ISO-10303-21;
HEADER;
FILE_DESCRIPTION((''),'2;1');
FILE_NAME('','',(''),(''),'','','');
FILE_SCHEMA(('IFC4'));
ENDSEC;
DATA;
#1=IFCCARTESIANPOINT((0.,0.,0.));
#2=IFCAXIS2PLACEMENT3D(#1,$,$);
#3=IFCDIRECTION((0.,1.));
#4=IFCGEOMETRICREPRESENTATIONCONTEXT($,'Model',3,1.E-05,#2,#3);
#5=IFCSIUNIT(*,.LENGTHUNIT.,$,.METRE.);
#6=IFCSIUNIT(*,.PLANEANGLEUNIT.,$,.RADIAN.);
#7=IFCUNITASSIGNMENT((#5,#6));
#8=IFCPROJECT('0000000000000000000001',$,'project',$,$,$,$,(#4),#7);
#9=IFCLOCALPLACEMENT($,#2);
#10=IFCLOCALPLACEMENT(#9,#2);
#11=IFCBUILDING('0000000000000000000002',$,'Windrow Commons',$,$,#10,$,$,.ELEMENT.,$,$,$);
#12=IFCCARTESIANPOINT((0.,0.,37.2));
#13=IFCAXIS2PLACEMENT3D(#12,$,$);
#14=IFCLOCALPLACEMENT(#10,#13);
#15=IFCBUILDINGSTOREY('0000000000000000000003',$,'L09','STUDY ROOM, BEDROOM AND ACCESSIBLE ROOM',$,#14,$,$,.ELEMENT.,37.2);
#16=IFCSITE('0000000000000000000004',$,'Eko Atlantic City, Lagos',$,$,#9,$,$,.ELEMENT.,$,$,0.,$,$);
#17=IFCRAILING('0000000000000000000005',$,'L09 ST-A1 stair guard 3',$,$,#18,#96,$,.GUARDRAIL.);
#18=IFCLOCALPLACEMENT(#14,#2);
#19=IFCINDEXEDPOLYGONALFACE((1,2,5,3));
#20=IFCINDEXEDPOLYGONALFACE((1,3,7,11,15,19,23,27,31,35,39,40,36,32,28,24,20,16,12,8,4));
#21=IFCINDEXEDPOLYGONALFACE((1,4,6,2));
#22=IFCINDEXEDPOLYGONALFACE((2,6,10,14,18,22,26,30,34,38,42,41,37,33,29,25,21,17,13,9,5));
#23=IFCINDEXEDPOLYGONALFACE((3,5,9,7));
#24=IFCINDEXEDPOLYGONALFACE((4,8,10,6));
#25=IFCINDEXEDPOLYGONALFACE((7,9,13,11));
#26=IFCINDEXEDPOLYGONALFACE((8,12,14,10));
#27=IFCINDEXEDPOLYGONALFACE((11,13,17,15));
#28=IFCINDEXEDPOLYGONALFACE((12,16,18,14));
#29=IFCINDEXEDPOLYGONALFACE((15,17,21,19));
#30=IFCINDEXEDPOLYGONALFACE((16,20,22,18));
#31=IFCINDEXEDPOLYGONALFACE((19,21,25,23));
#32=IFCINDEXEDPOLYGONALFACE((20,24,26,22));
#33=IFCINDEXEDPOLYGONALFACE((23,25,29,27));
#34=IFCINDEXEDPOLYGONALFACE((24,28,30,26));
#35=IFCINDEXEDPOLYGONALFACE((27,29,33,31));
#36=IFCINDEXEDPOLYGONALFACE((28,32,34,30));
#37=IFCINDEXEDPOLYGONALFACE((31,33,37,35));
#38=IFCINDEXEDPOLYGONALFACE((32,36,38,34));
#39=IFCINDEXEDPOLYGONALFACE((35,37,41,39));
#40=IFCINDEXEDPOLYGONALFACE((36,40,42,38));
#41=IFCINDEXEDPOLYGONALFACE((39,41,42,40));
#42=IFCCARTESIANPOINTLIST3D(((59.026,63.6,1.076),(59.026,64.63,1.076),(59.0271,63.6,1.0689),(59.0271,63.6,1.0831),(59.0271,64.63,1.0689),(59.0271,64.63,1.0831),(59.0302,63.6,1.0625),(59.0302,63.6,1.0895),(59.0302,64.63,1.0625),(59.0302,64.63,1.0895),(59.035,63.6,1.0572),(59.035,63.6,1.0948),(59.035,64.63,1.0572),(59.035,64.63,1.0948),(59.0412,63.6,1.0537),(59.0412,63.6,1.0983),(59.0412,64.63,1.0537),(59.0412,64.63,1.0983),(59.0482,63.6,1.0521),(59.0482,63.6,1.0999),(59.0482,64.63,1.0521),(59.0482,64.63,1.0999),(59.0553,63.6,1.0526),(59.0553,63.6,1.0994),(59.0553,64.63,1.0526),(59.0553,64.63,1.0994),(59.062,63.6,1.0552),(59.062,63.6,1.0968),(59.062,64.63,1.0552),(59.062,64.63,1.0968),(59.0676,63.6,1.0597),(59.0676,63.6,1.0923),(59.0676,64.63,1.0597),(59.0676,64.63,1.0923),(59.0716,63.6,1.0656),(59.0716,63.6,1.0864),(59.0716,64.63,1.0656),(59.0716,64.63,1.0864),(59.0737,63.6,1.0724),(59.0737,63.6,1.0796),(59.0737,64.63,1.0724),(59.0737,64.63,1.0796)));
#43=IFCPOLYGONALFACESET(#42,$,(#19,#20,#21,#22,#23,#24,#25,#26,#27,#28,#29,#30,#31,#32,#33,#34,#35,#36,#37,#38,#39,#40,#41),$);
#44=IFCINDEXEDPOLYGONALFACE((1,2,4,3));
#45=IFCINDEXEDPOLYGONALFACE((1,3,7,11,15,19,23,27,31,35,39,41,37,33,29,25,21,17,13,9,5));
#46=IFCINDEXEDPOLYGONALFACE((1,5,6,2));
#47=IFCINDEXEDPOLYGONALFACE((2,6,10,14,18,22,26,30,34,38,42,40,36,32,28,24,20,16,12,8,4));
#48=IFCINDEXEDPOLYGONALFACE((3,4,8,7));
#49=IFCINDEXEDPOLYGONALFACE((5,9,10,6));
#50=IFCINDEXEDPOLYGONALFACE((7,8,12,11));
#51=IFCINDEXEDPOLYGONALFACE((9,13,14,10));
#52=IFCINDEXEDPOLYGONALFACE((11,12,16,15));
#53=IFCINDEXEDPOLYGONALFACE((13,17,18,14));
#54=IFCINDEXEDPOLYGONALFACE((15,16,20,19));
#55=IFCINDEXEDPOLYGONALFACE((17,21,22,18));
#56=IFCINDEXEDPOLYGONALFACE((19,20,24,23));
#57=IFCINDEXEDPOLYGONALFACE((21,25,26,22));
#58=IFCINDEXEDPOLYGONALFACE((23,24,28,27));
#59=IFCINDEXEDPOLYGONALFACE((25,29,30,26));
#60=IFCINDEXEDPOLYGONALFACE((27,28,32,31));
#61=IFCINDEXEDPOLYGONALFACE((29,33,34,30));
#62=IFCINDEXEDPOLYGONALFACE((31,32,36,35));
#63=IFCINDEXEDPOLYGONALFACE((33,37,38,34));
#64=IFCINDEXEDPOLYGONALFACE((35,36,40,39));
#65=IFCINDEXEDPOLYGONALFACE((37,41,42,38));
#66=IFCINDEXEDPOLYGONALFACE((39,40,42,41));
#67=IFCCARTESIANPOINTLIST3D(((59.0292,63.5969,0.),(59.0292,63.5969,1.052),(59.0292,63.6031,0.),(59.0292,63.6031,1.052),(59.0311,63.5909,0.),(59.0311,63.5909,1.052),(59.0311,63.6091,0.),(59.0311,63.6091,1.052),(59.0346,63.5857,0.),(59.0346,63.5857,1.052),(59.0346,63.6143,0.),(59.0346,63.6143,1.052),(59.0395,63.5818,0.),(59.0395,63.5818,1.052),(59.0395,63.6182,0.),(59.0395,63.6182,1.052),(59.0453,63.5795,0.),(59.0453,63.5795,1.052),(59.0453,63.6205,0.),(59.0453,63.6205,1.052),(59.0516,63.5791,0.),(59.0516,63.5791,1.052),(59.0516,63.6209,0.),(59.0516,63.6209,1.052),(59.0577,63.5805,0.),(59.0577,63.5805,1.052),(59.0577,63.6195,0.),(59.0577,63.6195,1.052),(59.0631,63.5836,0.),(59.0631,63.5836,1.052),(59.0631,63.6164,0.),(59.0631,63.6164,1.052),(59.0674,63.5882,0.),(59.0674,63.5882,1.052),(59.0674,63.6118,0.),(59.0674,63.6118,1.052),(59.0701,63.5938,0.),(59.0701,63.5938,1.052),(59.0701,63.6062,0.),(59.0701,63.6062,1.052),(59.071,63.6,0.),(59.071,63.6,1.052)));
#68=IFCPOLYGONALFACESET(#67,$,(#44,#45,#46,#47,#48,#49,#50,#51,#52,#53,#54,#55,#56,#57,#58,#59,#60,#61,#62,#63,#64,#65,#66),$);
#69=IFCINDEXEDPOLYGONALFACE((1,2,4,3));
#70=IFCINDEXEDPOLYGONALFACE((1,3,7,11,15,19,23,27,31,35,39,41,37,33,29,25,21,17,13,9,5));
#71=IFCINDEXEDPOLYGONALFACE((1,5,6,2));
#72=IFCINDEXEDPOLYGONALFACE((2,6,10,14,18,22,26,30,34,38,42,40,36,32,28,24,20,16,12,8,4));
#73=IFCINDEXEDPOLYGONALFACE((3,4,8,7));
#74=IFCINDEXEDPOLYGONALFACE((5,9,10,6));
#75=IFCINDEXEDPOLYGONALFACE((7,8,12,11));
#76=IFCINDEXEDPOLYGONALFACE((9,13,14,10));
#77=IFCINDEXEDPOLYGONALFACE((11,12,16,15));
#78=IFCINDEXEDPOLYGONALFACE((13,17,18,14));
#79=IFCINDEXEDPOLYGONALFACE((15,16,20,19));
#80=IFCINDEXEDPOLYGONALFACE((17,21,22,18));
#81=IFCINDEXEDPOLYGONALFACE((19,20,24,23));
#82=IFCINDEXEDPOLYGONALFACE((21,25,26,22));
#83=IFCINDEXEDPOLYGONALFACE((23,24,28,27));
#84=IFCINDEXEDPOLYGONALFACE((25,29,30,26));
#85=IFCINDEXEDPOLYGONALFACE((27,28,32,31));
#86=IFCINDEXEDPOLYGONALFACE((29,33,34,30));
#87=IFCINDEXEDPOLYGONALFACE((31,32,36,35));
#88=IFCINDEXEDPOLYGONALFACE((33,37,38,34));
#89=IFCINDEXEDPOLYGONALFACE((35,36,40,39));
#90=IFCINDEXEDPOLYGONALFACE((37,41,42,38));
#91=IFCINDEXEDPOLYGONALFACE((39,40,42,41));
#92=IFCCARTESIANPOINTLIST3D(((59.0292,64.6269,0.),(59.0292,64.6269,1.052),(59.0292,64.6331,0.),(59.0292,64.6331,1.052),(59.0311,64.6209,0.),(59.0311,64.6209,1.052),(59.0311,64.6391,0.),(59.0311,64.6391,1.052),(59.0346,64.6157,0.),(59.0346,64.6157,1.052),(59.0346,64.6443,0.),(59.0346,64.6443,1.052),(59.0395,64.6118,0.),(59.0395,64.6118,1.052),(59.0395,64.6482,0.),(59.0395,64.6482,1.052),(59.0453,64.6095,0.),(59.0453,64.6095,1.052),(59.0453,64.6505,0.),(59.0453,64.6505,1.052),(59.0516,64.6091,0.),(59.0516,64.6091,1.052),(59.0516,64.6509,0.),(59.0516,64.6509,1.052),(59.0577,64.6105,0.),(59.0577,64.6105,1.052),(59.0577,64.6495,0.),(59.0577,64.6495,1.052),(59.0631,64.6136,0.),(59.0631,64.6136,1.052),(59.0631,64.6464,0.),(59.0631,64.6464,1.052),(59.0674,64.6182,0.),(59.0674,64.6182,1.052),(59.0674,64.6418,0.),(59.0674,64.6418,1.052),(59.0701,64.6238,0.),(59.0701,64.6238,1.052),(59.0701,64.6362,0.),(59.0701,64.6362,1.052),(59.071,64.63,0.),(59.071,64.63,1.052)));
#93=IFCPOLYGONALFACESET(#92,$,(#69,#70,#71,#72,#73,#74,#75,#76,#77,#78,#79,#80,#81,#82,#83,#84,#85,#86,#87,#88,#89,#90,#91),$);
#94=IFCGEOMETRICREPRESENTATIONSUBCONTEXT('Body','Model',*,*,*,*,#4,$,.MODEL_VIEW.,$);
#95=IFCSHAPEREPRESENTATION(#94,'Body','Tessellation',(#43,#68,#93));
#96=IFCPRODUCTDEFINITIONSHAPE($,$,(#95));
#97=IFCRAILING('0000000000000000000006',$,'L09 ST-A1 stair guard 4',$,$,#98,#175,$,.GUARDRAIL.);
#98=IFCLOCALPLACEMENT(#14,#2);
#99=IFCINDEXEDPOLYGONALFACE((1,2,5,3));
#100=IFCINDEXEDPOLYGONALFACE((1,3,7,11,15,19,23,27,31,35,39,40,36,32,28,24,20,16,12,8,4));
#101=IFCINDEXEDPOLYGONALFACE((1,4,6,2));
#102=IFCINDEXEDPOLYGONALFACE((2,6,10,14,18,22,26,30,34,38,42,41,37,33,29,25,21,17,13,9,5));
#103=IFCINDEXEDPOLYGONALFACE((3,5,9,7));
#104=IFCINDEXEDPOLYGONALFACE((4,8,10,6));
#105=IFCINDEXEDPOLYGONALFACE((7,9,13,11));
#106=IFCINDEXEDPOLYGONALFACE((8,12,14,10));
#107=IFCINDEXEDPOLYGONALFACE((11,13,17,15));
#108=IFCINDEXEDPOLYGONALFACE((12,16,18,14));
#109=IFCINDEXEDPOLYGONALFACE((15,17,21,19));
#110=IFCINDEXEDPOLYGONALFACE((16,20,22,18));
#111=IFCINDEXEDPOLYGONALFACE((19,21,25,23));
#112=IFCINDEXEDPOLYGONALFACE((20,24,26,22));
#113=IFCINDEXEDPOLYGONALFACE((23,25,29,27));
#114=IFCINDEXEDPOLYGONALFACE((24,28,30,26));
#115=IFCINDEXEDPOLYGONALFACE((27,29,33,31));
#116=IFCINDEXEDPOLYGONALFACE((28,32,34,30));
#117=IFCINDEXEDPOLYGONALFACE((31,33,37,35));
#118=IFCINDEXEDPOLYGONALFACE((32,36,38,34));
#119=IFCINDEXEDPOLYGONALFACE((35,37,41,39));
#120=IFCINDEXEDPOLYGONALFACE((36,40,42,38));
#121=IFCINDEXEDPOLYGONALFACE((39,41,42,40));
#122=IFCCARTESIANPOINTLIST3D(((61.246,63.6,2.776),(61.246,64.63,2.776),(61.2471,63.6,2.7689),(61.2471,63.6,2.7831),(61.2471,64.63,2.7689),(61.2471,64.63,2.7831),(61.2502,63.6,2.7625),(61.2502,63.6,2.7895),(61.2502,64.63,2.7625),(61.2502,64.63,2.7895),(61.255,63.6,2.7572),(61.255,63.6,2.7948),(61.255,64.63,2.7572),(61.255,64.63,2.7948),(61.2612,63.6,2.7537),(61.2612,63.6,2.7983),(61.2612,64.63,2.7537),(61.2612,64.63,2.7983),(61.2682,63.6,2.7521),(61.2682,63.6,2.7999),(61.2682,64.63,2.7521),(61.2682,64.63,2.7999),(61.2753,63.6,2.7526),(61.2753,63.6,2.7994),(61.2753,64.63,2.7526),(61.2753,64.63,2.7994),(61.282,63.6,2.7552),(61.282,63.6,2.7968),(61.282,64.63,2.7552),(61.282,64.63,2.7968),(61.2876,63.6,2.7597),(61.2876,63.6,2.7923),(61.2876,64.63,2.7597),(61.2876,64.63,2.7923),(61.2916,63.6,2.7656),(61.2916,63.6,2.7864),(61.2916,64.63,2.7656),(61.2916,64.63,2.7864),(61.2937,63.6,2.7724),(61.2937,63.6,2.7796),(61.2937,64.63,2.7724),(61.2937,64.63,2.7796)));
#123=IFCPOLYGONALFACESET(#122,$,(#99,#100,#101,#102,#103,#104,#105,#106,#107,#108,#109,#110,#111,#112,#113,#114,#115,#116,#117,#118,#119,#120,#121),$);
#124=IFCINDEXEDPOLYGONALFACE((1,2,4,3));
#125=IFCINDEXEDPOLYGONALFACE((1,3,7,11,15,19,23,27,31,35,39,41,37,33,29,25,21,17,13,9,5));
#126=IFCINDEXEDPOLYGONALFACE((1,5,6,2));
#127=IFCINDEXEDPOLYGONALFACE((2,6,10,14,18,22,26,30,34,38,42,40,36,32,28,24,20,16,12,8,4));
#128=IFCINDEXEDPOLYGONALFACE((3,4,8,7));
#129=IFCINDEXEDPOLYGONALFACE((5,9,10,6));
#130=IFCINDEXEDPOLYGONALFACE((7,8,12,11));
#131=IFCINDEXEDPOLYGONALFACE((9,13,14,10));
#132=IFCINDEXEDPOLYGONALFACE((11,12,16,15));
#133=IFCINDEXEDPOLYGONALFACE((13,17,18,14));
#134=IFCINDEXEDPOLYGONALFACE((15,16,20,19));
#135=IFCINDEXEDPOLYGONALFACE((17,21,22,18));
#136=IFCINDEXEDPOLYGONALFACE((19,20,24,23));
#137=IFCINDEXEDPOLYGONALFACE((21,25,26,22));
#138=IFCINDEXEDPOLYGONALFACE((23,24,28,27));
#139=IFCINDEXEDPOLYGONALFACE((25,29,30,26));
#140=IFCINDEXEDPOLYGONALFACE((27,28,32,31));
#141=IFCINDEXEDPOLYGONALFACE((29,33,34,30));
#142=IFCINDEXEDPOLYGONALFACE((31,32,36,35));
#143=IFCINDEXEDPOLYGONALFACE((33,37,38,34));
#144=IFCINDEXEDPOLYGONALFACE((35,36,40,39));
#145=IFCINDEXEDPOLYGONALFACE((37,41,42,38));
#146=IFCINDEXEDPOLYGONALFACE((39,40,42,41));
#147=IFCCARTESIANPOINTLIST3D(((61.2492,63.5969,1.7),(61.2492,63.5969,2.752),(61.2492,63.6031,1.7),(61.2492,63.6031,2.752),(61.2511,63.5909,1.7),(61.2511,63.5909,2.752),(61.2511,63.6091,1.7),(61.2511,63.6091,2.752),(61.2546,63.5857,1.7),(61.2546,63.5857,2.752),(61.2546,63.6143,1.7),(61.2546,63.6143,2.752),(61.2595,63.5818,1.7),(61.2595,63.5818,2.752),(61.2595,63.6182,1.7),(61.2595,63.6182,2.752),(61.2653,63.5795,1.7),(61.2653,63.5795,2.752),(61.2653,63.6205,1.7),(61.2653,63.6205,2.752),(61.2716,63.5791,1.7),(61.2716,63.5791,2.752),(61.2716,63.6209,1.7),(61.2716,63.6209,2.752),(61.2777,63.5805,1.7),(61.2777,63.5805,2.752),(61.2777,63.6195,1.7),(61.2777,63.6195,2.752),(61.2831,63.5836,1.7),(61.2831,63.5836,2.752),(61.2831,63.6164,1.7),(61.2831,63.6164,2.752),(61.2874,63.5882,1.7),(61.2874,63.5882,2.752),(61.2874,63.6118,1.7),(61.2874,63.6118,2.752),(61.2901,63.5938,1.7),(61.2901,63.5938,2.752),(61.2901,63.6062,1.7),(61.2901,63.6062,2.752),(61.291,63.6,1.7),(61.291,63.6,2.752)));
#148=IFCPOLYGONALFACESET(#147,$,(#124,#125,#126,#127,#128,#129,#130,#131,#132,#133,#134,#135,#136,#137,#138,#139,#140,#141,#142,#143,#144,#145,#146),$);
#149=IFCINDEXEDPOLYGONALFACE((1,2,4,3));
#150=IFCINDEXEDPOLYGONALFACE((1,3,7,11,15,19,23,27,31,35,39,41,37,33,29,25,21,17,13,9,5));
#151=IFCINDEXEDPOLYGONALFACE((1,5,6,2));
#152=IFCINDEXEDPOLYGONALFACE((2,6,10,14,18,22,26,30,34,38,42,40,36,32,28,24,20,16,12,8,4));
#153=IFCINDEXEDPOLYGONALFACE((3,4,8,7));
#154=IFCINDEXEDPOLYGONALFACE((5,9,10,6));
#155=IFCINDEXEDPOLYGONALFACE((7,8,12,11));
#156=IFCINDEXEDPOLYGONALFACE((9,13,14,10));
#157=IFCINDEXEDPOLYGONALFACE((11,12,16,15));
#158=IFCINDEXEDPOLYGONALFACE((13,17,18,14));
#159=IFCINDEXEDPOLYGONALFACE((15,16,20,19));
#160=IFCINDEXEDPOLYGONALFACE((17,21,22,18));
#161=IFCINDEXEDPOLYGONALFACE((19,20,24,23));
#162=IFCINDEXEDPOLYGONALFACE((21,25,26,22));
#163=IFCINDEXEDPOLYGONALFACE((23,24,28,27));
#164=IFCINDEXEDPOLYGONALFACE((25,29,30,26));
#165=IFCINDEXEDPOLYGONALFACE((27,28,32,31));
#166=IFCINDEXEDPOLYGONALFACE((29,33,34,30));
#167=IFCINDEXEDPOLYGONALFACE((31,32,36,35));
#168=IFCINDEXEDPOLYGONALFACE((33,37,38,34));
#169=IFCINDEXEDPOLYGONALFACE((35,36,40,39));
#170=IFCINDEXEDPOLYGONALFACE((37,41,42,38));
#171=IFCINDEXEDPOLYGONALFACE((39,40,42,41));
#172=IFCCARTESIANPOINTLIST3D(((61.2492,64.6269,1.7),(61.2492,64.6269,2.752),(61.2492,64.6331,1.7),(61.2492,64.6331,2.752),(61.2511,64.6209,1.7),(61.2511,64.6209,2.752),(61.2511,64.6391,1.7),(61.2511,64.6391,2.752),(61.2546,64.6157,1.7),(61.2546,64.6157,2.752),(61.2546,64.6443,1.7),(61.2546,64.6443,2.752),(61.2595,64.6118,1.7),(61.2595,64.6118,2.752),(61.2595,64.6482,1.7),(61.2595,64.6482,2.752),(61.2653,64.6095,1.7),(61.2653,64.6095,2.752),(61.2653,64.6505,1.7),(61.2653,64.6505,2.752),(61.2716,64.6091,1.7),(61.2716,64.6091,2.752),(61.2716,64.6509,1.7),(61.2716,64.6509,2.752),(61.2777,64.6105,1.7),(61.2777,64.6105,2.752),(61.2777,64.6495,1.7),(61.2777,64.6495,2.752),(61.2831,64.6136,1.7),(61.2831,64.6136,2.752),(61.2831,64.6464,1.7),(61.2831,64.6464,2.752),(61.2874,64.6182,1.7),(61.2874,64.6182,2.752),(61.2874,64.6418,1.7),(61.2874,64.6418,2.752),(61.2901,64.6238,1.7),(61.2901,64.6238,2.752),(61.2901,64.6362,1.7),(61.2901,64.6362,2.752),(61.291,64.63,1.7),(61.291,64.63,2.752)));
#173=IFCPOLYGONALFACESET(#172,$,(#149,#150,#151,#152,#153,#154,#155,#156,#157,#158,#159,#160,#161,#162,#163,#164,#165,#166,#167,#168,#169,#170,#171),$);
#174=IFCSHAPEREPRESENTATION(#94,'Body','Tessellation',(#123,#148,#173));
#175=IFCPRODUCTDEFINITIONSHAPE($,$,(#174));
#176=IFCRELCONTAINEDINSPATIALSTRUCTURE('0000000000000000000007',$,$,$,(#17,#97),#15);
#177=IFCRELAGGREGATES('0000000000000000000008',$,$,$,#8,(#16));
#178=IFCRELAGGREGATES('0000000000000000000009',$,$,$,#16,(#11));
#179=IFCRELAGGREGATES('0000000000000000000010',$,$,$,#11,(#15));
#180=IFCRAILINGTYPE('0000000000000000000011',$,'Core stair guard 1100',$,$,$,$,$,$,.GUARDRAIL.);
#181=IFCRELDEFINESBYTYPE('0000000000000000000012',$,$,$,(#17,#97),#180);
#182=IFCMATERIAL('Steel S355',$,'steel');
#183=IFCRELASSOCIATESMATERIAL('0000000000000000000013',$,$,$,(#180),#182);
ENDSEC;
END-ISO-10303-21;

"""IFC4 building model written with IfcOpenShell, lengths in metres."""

from ifc_helpers import new_model, si_unit, direction, frame, origin, origin_2d, place, context, subcontext, project, spatial, circle, extrude, material, type_object, element, save


model = new_model("IFC4")

# Units and contexts
model_context = context("Model", 3, precision=1e-05, world=origin(), true_north=direction((0.0, 1.0)))
body_context = subcontext(model_context, "Body", "Model", "MODEL_VIEW")
ifc_project = project(units=[si_unit("LENGTHUNIT", "METRE"), si_unit("PLANEANGLEUNIT", "RADIAN")], contexts=[model_context])

# Site, building, storey
site_placement = place(None, origin())
site = spatial("IfcSite", under=ifc_project, at=site_placement, Name="Eko Atlantic City, Lagos", CompositionType="ELEMENT", RefElevation=0.0)
building_placement = place(site_placement, origin())
building = spatial("IfcBuilding", under=site, at=building_placement, Name="Windrow Commons", CompositionType="ELEMENT")
storey_placement = place(building_placement, frame((0.0, 0.0, 37.2)))
storey = spatial("IfcBuildingStorey", under=building, at=storey_placement, Name="L09", Description="STUDY ROOM, BEDROOM AND ACCESSIBLE ROOM", CompositionType="ELEMENT", Elevation=37.2)

# Railings
ifc_material_1 = material(Name="Steel S355", Category="steel")
railing_type_1 = type_object("IfcRailingType", Name="Core stair guard 1100", PredefinedType="GUARDRAIL", material=ifc_material_1)
for number, where, name in (
    (1, (59.05, 63.6, 0.0), "L09 ST-A1 stair guard 3"),
    (2, (61.27, 63.6, 1.7), "L09 ST-A1 stair guard 4"),
):
    element("IfcRailing", number, at=place(storey_placement, frame(where)), inside=storey, type_object=railing_type_1, Name=name, PredefinedType="GUARDRAIL", context=body_context, shape_type="SweptSolid", body=[
        extrude(circle(Radius=0.024, at=origin_2d()), frame((0.0, 0.0, 1.076), z_axis=(0.0, 1.0, 0.0), x_axis=(-1.0, 0.0, 0.0)), (0.0, 0.0, 1.0), 1.03),
        extrude(circle(Radius=0.021, at=origin_2d()), origin(), (0.0, 0.0, 1.0), 1.052),
        extrude(circle(Radius=0.021, at=origin_2d()), frame((0.0, 1.03, 0.0)), (0.0, 0.0, 1.0), 1.052),
    ])

save(model, "model.ifc")
